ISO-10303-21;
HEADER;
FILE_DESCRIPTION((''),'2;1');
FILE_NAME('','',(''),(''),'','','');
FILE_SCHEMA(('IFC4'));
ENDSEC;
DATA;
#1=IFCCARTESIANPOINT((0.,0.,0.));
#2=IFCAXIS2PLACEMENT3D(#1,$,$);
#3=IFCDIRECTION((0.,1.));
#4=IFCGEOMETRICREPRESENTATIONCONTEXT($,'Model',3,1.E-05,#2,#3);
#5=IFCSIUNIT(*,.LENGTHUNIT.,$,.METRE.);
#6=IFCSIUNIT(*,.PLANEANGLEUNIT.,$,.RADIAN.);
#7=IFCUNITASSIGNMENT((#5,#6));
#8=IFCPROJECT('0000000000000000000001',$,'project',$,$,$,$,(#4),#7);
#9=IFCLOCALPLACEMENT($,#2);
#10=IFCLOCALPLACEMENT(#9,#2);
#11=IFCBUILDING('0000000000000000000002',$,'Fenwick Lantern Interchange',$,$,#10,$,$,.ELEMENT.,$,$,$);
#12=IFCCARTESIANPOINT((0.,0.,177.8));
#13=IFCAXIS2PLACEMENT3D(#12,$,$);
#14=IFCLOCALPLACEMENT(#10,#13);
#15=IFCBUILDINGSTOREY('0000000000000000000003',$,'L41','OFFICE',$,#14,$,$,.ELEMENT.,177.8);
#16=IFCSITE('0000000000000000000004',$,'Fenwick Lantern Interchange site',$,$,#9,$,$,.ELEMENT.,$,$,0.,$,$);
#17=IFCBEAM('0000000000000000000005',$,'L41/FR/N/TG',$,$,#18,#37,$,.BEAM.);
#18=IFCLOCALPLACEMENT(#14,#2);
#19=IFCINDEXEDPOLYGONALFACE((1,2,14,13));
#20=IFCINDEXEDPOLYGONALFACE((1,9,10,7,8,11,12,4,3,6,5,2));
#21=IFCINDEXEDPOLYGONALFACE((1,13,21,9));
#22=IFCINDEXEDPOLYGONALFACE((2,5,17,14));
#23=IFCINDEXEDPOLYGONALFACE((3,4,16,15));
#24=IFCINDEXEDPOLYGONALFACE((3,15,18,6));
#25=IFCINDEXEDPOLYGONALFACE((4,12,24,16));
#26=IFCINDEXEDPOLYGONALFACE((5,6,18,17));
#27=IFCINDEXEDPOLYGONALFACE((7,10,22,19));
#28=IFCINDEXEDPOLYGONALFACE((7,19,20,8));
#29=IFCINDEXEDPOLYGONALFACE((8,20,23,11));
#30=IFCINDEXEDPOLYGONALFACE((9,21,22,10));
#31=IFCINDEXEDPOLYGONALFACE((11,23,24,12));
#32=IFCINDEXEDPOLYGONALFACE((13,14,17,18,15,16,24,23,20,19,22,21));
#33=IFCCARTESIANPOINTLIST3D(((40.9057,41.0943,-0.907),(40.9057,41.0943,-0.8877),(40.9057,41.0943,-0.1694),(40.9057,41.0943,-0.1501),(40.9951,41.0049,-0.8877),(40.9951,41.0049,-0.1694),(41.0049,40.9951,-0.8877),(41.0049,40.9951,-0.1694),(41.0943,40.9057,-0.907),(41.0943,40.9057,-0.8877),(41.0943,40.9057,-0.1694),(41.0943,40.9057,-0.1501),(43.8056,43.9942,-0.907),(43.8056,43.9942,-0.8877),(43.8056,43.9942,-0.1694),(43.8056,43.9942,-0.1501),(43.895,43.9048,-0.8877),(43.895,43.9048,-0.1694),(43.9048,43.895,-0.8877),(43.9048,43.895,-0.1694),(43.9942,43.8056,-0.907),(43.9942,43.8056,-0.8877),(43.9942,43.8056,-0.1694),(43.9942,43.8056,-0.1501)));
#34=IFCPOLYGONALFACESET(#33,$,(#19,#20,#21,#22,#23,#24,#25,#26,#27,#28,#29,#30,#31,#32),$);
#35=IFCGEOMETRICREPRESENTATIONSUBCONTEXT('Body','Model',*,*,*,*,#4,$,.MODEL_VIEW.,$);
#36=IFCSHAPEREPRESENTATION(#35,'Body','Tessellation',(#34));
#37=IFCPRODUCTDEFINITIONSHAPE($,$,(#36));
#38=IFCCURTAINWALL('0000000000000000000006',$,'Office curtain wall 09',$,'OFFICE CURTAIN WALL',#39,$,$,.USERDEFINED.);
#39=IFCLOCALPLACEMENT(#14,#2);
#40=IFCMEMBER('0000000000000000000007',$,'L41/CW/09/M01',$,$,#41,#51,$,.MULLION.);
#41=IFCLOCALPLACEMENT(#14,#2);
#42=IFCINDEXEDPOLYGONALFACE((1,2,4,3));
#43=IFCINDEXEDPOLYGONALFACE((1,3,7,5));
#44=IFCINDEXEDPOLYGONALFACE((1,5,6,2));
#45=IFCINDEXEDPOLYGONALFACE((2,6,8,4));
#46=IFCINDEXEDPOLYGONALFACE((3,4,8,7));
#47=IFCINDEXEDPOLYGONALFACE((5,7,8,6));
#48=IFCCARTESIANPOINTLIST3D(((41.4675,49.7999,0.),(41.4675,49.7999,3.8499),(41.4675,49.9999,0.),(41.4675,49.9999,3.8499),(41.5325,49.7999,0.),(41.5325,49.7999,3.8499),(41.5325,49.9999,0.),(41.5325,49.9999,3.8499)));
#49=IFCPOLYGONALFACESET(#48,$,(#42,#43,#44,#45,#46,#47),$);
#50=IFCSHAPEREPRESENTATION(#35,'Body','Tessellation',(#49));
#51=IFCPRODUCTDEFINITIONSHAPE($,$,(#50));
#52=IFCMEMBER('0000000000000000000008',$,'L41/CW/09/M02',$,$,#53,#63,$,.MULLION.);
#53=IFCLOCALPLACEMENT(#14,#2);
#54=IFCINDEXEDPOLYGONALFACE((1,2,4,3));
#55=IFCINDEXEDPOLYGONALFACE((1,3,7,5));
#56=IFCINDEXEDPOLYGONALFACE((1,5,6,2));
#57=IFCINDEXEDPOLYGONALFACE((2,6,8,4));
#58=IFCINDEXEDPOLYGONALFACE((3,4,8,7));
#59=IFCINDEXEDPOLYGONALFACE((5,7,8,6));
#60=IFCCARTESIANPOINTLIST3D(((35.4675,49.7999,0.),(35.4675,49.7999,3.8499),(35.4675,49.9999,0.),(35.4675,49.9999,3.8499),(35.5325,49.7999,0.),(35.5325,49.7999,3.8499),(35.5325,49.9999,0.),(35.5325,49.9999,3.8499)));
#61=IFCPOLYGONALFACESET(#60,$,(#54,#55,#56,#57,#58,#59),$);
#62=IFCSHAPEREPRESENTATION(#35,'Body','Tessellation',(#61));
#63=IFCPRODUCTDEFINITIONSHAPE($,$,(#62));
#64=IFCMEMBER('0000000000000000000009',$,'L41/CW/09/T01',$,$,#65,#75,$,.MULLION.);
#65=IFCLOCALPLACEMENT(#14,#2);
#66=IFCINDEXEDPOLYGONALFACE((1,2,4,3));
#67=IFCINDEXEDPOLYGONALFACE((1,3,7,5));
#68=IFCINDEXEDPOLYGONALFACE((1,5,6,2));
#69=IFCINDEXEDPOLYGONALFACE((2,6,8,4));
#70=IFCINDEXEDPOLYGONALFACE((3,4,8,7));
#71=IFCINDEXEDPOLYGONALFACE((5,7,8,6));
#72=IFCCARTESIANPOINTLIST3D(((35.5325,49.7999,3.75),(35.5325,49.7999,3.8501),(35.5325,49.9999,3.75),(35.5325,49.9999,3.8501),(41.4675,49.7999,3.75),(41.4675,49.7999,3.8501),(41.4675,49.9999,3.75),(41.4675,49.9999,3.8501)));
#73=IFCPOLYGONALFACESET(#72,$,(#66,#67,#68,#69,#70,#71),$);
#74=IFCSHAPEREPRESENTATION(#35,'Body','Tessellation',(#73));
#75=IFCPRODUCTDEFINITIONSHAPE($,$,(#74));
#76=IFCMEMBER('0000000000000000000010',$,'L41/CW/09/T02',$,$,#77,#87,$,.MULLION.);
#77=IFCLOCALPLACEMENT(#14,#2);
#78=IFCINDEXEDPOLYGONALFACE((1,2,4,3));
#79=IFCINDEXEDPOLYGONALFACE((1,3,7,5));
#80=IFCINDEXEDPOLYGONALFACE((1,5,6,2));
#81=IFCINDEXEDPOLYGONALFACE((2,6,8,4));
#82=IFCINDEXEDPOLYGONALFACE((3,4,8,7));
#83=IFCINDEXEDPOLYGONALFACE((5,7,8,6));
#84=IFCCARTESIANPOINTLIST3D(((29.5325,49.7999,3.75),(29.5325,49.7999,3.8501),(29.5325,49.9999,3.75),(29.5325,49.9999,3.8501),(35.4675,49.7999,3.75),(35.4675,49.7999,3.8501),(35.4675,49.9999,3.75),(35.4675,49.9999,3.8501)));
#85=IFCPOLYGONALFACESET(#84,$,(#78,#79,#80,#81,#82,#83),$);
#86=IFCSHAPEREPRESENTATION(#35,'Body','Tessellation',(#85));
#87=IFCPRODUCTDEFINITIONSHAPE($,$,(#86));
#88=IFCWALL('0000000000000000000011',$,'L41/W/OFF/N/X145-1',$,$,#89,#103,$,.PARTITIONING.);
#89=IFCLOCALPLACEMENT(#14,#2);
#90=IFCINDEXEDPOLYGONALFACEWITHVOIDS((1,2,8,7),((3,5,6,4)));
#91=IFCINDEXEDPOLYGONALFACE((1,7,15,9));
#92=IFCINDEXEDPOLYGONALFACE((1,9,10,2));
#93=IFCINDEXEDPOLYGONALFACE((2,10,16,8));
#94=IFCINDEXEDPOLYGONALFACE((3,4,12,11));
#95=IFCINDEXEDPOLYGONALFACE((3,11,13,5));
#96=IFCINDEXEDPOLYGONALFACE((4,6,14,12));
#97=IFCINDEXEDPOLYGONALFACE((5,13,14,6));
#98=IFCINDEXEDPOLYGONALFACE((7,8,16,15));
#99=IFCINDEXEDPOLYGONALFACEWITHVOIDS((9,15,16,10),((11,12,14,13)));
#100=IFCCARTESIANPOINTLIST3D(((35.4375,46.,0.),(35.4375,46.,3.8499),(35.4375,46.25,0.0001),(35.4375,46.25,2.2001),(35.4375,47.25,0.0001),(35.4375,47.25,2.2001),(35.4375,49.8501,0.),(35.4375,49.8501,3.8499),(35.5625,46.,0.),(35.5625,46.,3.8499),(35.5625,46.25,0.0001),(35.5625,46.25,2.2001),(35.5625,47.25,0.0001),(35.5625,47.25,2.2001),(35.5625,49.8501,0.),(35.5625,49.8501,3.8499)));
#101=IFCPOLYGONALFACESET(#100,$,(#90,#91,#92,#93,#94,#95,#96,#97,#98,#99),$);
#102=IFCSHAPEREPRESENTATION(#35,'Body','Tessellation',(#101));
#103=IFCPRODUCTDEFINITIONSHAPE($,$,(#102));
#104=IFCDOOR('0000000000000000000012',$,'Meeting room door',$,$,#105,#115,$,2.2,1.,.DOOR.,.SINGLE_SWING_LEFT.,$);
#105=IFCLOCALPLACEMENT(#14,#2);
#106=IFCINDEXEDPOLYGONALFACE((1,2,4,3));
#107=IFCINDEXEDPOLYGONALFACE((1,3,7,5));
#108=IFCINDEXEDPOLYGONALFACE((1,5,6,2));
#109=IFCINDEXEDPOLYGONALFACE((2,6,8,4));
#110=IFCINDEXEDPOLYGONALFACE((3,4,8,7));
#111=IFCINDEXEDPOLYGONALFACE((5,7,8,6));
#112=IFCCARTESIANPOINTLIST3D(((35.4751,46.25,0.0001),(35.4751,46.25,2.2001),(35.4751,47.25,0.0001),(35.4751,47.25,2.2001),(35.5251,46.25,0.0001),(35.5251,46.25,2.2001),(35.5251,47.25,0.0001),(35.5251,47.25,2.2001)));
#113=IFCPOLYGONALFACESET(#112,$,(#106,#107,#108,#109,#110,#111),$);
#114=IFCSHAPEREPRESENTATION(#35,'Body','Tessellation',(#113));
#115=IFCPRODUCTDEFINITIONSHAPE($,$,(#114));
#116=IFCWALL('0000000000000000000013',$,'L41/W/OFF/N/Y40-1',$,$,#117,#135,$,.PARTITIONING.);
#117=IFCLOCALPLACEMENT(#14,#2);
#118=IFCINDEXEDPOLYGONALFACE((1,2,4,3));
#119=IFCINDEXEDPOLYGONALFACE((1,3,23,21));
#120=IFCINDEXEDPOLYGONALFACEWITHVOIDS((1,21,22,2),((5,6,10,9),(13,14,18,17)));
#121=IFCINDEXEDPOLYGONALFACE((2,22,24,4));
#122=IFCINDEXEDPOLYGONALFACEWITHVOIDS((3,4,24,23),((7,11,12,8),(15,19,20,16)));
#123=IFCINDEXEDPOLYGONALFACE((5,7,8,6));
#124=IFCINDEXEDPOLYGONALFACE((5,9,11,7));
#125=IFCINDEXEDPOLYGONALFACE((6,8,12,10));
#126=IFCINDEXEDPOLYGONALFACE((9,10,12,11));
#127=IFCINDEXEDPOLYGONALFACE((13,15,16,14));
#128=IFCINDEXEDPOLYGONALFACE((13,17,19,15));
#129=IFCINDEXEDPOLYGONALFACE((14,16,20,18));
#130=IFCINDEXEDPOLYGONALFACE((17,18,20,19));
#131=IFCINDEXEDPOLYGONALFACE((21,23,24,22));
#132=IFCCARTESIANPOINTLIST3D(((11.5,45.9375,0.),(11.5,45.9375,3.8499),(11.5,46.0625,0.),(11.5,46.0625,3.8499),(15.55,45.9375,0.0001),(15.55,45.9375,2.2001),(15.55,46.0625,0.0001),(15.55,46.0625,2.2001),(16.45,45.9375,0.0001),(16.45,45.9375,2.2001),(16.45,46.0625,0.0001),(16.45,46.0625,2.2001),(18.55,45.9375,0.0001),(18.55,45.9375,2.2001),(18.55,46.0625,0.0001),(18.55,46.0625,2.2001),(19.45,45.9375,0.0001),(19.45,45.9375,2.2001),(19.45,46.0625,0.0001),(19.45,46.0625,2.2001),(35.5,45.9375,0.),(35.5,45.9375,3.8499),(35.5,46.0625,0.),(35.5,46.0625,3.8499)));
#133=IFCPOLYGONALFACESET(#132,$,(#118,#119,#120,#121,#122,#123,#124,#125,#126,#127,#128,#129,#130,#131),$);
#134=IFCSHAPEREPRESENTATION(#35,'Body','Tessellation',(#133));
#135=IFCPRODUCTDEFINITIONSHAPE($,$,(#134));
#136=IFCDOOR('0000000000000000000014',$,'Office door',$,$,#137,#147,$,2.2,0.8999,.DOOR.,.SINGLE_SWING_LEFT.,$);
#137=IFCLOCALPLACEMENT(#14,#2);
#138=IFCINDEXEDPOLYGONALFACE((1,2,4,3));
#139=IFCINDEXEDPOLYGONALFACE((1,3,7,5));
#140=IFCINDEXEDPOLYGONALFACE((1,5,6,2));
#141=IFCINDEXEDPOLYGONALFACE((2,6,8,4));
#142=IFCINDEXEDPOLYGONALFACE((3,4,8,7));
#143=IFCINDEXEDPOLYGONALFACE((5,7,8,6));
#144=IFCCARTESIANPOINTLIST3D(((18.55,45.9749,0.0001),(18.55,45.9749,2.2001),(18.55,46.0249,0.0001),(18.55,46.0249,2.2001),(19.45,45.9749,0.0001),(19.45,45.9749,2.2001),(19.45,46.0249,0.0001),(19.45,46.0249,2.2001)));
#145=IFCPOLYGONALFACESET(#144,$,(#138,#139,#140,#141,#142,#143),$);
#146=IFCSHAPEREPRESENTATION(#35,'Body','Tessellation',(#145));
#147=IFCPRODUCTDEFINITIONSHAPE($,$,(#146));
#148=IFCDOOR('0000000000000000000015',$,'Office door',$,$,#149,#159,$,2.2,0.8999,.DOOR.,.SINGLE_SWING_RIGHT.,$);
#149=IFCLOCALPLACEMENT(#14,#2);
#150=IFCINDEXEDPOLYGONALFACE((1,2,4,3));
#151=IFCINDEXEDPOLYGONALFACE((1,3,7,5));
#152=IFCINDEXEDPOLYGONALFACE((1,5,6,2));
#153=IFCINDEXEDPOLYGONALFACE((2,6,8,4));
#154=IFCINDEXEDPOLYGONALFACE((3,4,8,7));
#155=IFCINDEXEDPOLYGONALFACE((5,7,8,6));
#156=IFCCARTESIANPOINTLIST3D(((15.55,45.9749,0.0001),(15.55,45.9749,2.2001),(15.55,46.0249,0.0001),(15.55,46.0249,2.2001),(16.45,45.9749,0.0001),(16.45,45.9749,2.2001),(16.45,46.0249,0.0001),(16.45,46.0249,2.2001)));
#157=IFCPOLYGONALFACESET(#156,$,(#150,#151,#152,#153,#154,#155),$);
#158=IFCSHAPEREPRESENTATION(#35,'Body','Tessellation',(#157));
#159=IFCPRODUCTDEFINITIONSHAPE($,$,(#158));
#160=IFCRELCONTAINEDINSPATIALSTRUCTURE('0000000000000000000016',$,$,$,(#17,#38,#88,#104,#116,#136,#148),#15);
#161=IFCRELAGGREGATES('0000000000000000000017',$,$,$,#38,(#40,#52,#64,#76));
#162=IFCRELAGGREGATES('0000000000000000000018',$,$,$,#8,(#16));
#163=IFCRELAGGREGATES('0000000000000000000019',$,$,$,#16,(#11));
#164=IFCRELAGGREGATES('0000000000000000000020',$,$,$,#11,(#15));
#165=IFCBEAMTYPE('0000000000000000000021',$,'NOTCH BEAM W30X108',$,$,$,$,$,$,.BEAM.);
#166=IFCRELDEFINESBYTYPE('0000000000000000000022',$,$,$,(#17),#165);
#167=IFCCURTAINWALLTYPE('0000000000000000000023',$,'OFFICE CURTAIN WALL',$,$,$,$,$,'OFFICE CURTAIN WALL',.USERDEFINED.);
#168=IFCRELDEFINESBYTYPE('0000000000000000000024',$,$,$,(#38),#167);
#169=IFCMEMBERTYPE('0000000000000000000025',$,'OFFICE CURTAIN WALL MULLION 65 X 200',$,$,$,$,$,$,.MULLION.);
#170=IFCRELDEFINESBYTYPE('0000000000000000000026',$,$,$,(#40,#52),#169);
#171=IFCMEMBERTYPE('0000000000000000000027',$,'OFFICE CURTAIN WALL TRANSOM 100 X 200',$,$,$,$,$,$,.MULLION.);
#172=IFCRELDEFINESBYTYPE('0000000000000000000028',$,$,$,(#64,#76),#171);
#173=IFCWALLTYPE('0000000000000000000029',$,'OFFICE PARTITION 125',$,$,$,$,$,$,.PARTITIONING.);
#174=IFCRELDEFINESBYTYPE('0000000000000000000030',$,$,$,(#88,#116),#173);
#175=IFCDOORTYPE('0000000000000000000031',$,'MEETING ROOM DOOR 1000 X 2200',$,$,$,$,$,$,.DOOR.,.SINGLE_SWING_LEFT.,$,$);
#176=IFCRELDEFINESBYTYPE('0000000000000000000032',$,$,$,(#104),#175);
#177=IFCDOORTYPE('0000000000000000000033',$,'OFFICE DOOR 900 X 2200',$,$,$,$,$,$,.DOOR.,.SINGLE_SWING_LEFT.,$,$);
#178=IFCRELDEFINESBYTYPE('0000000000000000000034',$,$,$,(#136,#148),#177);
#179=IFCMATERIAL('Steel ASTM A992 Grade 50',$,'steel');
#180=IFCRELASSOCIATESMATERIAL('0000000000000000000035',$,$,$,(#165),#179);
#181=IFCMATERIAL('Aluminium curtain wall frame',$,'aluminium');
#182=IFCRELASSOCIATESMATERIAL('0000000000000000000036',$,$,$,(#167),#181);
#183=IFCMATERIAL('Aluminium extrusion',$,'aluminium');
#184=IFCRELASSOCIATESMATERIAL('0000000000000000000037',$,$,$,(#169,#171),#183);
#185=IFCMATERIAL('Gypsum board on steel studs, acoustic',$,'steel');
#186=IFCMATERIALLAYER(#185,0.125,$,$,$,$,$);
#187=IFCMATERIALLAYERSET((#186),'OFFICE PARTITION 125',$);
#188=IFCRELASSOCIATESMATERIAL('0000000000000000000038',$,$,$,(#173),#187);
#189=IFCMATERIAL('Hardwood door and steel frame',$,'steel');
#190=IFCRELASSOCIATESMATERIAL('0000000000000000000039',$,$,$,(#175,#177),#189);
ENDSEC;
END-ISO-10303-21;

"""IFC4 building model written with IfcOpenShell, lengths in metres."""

from ifc_helpers import new_model, si_unit, direction, frame, frame_2d, origin, origin_2d, place, context, subcontext, project, spatial, rectangle, i_section, extrude, material, layer, layer_set, material_profile, profile_set, type_object, element, fill, aggregate, save


model = new_model("IFC4")

# Units and contexts
model_context = context("Model", 3, precision=1e-05, world=origin(), true_north=direction((0.0, 1.0)))
body_context = subcontext(model_context, "Body", "Model", "MODEL_VIEW")
ifc_project = project(units=[si_unit("LENGTHUNIT", "METRE"), si_unit("PLANEANGLEUNIT", "RADIAN")], contexts=[model_context])

# Site, building, storey
site_placement = place(None, origin())
site = spatial("IfcSite", under=ifc_project, at=site_placement, Name="Fenwick Lantern Interchange site", CompositionType="ELEMENT", RefElevation=0.0)
building_placement = place(site_placement, origin())
building = spatial("IfcBuilding", under=site, at=building_placement, Name="Fenwick Lantern Interchange", CompositionType="ELEMENT")
storey_placement = place(building_placement, frame((0.0, 0.0, 177.8)))
storey = spatial("IfcBuildingStorey", under=building, at=storey_placement, Name="L41", Description="OFFICE", CompositionType="ELEMENT", Elevation=177.8)

# Beam
ifc_material_1 = material(Name="Steel ASTM A992 Grade 50", Category="steel")
ifc_material_profile_1 = material_profile(ifc_material_1, i_section(OverallWidth=0.2666, OverallDepth=0.7568, WebThickness=0.0139, FlangeThickness=0.0193, at=origin_2d()), Name="W30X108")
ifc_profile_set_1 = profile_set([ifc_material_profile_1], Name="Steel ASTM A992 Grade 50")
beam_type_1 = type_object("IfcBeamType", Name="NOTCH BEAM W30X108", PredefinedType="BEAM", material=ifc_profile_set_1)
beam_1_placement = place(storey_placement, frame((41.0, 41.0, -0.5286), z_axis=(0.707107, 0.707107, 0.0), x_axis=(-0.707107, 0.707107, 0.0)))
element("IfcBeam", 1, at=beam_1_placement, inside=storey, type_object=beam_type_1, Name="L41/FR/N/TG", PredefinedType="BEAM", context=body_context, shape_type="SweptSolid", body=[
    extrude(i_section(OverallWidth=0.2666, OverallDepth=0.7568, WebThickness=0.0139, FlangeThickness=0.0193, at=origin_2d()), origin(), (0.0, 0.0, 1.0), 4.1011),
])

# Curtain wall, members
ifc_material_2 = material(Name="Aluminium curtain wall frame", Category="aluminium")
curtain_wall_type = type_object("IfcCurtainWallType", Name="OFFICE CURTAIN WALL", ElementType="OFFICE CURTAIN WALL", PredefinedType="USERDEFINED", material=ifc_material_2)
curtain_wall_placement = place(storey_placement, origin())
curtain_wall = element("IfcCurtainWall", 2, at=curtain_wall_placement, inside=storey, type_object=curtain_wall_type, Name="Office curtain wall 09", ObjectType="OFFICE CURTAIN WALL", PredefinedType="USERDEFINED")
ifc_material_3 = material(Name="Aluminium extrusion", Category="aluminium")
ifc_material_profile_2 = material_profile(ifc_material_3, rectangle(XDim=0.2, YDim=0.0649, at=origin_2d()), Name="OFFICE CURTAIN WALL MULLION 65 X 200")
ifc_profile_set_2 = profile_set([ifc_material_profile_2], Name="Aluminium extrusion")
member_type_1 = type_object("IfcMemberType", Name="OFFICE CURTAIN WALL MULLION 65 X 200", PredefinedType="MULLION", material=ifc_profile_set_2)
member_1_placement = place(storey_placement, frame((41.5, 49.8999, 0.0), z_axis=(0.0, 0.0, 1.0), x_axis=(0.0, -1.0, 0.0)))
member_1 = element("IfcMember", 3, at=member_1_placement, type_object=member_type_1, Name="L41/CW/09/M01", PredefinedType="MULLION", context=body_context, shape_type="SweptSolid", body=[
    extrude(rectangle(XDim=0.2, YDim=0.0649, at=origin_2d()), origin(), (0.0, 0.0, 1.0), 3.8499),
])
member_2_placement = place(storey_placement, frame((35.5, 49.8999, 0.0), z_axis=(0.0, 0.0, 1.0), x_axis=(0.0, -1.0, 0.0)))
member_2 = element("IfcMember", 4, at=member_2_placement, type_object=member_type_1, Name="L41/CW/09/M02", PredefinedType="MULLION", context=body_context, shape_type="SweptSolid", body=[
    extrude(rectangle(XDim=0.2, YDim=0.0649, at=origin_2d()), origin(), (0.0, 0.0, 1.0), 3.8499),
])
ifc_material_profile_3 = material_profile(ifc_material_3, rectangle(XDim=0.2, YDim=0.1001, at=origin_2d()), Name="OFFICE CURTAIN WALL TRANSOM 100 X 200")
ifc_profile_set_3 = profile_set([ifc_material_profile_3], Name="Aluminium extrusion")
member_type_2 = type_object("IfcMemberType", Name="OFFICE CURTAIN WALL TRANSOM 100 X 200", PredefinedType="MULLION", material=ifc_profile_set_3)
member_3_placement = place(storey_placement, frame((41.4675, 49.8999, 3.8), z_axis=(-1.0, 0.0, 0.0), x_axis=(0.0, -1.0, 0.0)))
member_3 = element("IfcMember", 5, at=member_3_placement, type_object=member_type_2, Name="L41/CW/09/T01", PredefinedType="MULLION", context=body_context, shape_type="SweptSolid", body=[
    extrude(rectangle(XDim=0.2, YDim=0.1001, at=origin_2d()), origin(), (0.0, 0.0, 1.0), 5.9351),
])
member_4_placement = place(storey_placement, frame((35.4675, 49.8999, 3.8), z_axis=(-1.0, 0.0, 0.0), x_axis=(0.0, -1.0, 0.0)))
member_4 = element("IfcMember", 6, at=member_4_placement, type_object=member_type_2, Name="L41/CW/09/T02", PredefinedType="MULLION", context=body_context, shape_type="SweptSolid", body=[
    extrude(rectangle(XDim=0.2, YDim=0.1001, at=origin_2d()), origin(), (0.0, 0.0, 1.0), 5.9351),
])
aggregate(curtain_wall, [member_1, member_2, member_3, member_4])

# Wall, opening, door
ifc_material_4 = material(Name="Gypsum board on steel studs, acoustic", Category="steel")
ifc_layer = layer(ifc_material_4, 0.125)
ifc_layer_set = layer_set([ifc_layer], Name="OFFICE PARTITION 125")
wall_type = type_object("IfcWallType", Name="OFFICE PARTITION 125", PredefinedType="PARTITIONING", material=ifc_layer_set)
wall_1_placement = place(storey_placement, frame((35.5, 49.8501, 0.0), z_axis=(0.0, 0.0, 1.0), x_axis=(0.0, -1.0, 0.0)))
wall_1 = element("IfcWall", 7, at=wall_1_placement, inside=storey, type_object=wall_type, Name="L41/W/OFF/N/X145-1", PredefinedType="PARTITIONING", context=body_context, shape_type="SweptSolid", body=[
    extrude(rectangle(XDim=3.8501, YDim=0.125, at=frame_2d((1.925, 0.0))), origin(), (0.0, 0.0, 1.0), 3.8499),
])
opening_1_placement = place(wall_1_placement, frame((2.6001, 0.0, 0.0)))
opening_1 = element("IfcOpeningElement", 8, at=opening_1_placement, cuts=wall_1, PredefinedType="OPENING", context=body_context, shape_type="SweptSolid", body=[
    extrude(rectangle(XDim=1.0, YDim=2.2, at=frame_2d((0.5, 1.1001))), frame((0.0, 0.0725, 0.0), z_axis=(0.0, -1.0, 0.0), x_axis=(1.0, 0.0, 0.0)), (0.0, 0.0, 1.0), 0.145),
])
ifc_material_5 = material(Name="Hardwood door and steel frame", Category="steel")
door_type_1 = type_object("IfcDoorType", Name="MEETING ROOM DOOR 1000 X 2200", OperationType="SINGLE_SWING_LEFT", PredefinedType="DOOR", material=ifc_material_5)
door_1_placement = place(opening_1_placement, frame((1.0, 0.0, 0.0), z_axis=(0.0, 0.0, 1.0), x_axis=(-1.0, 0.0, 0.0)))
door_1 = element("IfcDoor", 9, at=door_1_placement, inside=storey, type_object=door_type_1, Name="Meeting room door", OperationType="SINGLE_SWING_LEFT", OverallHeight=2.2, OverallWidth=1.0, PredefinedType="DOOR", context=body_context, shape_type="SweptSolid", body=[
    extrude(rectangle(XDim=1.0, YDim=2.2, at=frame_2d((0.5, 1.1001))), frame((0.0, 0.0249, 0.0), z_axis=(0.0, -1.0, 0.0), x_axis=(1.0, 0.0, 0.0)), (0.0, 0.0, 1.0), 0.05),
])
fill(opening_1, door_1)

# Wall, openings, doors
wall_2_placement = place(storey_placement, frame((35.5, 46.0, 0.0), z_axis=(0.0, 0.0, 1.0), x_axis=(-1.0, 0.0, 0.0)))
wall_2 = element("IfcWall", 10, at=wall_2_placement, inside=storey, type_object=wall_type, Name="L41/W/OFF/N/Y40-1", PredefinedType="PARTITIONING", context=body_context, shape_type="SweptSolid", body=[
    extrude(rectangle(XDim=24.0, YDim=0.125, at=frame_2d((12.0, 0.0))), origin(), (0.0, 0.0, 1.0), 3.8499),
])
opening_2_placement = place(wall_2_placement, frame((16.05, 0.0, 0.0)))
opening_2 = element("IfcOpeningElement", 11, at=opening_2_placement, cuts=wall_2, PredefinedType="OPENING", context=body_context, shape_type="SweptSolid", body=[
    extrude(rectangle(XDim=0.8999, YDim=2.2, at=frame_2d((0.45, 1.1001))), frame((0.0, 0.0725, 0.0), z_axis=(0.0, -1.0, 0.0), x_axis=(1.0, 0.0, 0.0)), (0.0, 0.0, 1.0), 0.145),
])
opening_3_placement = place(wall_2_placement, frame((19.05, 0.0, 0.0)))
opening_3 = element("IfcOpeningElement", 12, at=opening_3_placement, cuts=wall_2, PredefinedType="OPENING", context=body_context, shape_type="SweptSolid", body=[
    extrude(rectangle(XDim=0.8999, YDim=2.2, at=frame_2d((0.45, 1.1001))), frame((0.0, 0.0725, 0.0), z_axis=(0.0, -1.0, 0.0), x_axis=(1.0, 0.0, 0.0)), (0.0, 0.0, 1.0), 0.145),
])
door_type_2 = type_object("IfcDoorType", Name="OFFICE DOOR 900 X 2200", OperationType="SINGLE_SWING_LEFT", PredefinedType="DOOR", material=ifc_material_5)
door_2_placement = place(opening_2_placement, frame((0.8999, 0.0, 0.0), z_axis=(0.0, 0.0, 1.0), x_axis=(-1.0, 0.0, 0.0)))
door_2 = element("IfcDoor", 13, at=door_2_placement, inside=storey, type_object=door_type_2, Name="Office door", OperationType="SINGLE_SWING_LEFT", OverallHeight=2.2, OverallWidth=0.8999, PredefinedType="DOOR", context=body_context, shape_type="SweptSolid", body=[
    extrude(rectangle(XDim=0.8999, YDim=2.2, at=frame_2d((0.45, 1.1001))), frame((0.0, 0.0249, 0.0), z_axis=(0.0, -1.0, 0.0), x_axis=(1.0, 0.0, 0.0)), (0.0, 0.0, 1.0), 0.05),
])
fill(opening_2, door_2)
door_3_placement = place(opening_3_placement, frame((0.8999, 0.0, 0.0), z_axis=(0.0, 0.0, 1.0), x_axis=(-1.0, 0.0, 0.0)))
door_3 = element("IfcDoor", 14, at=door_3_placement, inside=storey, type_object=door_type_2, Name="Office door", OperationType="SINGLE_SWING_RIGHT", OverallHeight=2.2, OverallWidth=0.8999, PredefinedType="DOOR", context=body_context, shape_type="SweptSolid", body=[
    extrude(rectangle(XDim=0.8999, YDim=2.2, at=frame_2d((0.45, 1.1001))), frame((0.0, 0.0249, 0.0), z_axis=(0.0, -1.0, 0.0), x_axis=(1.0, 0.0, 0.0)), (0.0, 0.0, 1.0), 0.05),
])
fill(opening_3, door_3)

save(model, "model.ifc")
